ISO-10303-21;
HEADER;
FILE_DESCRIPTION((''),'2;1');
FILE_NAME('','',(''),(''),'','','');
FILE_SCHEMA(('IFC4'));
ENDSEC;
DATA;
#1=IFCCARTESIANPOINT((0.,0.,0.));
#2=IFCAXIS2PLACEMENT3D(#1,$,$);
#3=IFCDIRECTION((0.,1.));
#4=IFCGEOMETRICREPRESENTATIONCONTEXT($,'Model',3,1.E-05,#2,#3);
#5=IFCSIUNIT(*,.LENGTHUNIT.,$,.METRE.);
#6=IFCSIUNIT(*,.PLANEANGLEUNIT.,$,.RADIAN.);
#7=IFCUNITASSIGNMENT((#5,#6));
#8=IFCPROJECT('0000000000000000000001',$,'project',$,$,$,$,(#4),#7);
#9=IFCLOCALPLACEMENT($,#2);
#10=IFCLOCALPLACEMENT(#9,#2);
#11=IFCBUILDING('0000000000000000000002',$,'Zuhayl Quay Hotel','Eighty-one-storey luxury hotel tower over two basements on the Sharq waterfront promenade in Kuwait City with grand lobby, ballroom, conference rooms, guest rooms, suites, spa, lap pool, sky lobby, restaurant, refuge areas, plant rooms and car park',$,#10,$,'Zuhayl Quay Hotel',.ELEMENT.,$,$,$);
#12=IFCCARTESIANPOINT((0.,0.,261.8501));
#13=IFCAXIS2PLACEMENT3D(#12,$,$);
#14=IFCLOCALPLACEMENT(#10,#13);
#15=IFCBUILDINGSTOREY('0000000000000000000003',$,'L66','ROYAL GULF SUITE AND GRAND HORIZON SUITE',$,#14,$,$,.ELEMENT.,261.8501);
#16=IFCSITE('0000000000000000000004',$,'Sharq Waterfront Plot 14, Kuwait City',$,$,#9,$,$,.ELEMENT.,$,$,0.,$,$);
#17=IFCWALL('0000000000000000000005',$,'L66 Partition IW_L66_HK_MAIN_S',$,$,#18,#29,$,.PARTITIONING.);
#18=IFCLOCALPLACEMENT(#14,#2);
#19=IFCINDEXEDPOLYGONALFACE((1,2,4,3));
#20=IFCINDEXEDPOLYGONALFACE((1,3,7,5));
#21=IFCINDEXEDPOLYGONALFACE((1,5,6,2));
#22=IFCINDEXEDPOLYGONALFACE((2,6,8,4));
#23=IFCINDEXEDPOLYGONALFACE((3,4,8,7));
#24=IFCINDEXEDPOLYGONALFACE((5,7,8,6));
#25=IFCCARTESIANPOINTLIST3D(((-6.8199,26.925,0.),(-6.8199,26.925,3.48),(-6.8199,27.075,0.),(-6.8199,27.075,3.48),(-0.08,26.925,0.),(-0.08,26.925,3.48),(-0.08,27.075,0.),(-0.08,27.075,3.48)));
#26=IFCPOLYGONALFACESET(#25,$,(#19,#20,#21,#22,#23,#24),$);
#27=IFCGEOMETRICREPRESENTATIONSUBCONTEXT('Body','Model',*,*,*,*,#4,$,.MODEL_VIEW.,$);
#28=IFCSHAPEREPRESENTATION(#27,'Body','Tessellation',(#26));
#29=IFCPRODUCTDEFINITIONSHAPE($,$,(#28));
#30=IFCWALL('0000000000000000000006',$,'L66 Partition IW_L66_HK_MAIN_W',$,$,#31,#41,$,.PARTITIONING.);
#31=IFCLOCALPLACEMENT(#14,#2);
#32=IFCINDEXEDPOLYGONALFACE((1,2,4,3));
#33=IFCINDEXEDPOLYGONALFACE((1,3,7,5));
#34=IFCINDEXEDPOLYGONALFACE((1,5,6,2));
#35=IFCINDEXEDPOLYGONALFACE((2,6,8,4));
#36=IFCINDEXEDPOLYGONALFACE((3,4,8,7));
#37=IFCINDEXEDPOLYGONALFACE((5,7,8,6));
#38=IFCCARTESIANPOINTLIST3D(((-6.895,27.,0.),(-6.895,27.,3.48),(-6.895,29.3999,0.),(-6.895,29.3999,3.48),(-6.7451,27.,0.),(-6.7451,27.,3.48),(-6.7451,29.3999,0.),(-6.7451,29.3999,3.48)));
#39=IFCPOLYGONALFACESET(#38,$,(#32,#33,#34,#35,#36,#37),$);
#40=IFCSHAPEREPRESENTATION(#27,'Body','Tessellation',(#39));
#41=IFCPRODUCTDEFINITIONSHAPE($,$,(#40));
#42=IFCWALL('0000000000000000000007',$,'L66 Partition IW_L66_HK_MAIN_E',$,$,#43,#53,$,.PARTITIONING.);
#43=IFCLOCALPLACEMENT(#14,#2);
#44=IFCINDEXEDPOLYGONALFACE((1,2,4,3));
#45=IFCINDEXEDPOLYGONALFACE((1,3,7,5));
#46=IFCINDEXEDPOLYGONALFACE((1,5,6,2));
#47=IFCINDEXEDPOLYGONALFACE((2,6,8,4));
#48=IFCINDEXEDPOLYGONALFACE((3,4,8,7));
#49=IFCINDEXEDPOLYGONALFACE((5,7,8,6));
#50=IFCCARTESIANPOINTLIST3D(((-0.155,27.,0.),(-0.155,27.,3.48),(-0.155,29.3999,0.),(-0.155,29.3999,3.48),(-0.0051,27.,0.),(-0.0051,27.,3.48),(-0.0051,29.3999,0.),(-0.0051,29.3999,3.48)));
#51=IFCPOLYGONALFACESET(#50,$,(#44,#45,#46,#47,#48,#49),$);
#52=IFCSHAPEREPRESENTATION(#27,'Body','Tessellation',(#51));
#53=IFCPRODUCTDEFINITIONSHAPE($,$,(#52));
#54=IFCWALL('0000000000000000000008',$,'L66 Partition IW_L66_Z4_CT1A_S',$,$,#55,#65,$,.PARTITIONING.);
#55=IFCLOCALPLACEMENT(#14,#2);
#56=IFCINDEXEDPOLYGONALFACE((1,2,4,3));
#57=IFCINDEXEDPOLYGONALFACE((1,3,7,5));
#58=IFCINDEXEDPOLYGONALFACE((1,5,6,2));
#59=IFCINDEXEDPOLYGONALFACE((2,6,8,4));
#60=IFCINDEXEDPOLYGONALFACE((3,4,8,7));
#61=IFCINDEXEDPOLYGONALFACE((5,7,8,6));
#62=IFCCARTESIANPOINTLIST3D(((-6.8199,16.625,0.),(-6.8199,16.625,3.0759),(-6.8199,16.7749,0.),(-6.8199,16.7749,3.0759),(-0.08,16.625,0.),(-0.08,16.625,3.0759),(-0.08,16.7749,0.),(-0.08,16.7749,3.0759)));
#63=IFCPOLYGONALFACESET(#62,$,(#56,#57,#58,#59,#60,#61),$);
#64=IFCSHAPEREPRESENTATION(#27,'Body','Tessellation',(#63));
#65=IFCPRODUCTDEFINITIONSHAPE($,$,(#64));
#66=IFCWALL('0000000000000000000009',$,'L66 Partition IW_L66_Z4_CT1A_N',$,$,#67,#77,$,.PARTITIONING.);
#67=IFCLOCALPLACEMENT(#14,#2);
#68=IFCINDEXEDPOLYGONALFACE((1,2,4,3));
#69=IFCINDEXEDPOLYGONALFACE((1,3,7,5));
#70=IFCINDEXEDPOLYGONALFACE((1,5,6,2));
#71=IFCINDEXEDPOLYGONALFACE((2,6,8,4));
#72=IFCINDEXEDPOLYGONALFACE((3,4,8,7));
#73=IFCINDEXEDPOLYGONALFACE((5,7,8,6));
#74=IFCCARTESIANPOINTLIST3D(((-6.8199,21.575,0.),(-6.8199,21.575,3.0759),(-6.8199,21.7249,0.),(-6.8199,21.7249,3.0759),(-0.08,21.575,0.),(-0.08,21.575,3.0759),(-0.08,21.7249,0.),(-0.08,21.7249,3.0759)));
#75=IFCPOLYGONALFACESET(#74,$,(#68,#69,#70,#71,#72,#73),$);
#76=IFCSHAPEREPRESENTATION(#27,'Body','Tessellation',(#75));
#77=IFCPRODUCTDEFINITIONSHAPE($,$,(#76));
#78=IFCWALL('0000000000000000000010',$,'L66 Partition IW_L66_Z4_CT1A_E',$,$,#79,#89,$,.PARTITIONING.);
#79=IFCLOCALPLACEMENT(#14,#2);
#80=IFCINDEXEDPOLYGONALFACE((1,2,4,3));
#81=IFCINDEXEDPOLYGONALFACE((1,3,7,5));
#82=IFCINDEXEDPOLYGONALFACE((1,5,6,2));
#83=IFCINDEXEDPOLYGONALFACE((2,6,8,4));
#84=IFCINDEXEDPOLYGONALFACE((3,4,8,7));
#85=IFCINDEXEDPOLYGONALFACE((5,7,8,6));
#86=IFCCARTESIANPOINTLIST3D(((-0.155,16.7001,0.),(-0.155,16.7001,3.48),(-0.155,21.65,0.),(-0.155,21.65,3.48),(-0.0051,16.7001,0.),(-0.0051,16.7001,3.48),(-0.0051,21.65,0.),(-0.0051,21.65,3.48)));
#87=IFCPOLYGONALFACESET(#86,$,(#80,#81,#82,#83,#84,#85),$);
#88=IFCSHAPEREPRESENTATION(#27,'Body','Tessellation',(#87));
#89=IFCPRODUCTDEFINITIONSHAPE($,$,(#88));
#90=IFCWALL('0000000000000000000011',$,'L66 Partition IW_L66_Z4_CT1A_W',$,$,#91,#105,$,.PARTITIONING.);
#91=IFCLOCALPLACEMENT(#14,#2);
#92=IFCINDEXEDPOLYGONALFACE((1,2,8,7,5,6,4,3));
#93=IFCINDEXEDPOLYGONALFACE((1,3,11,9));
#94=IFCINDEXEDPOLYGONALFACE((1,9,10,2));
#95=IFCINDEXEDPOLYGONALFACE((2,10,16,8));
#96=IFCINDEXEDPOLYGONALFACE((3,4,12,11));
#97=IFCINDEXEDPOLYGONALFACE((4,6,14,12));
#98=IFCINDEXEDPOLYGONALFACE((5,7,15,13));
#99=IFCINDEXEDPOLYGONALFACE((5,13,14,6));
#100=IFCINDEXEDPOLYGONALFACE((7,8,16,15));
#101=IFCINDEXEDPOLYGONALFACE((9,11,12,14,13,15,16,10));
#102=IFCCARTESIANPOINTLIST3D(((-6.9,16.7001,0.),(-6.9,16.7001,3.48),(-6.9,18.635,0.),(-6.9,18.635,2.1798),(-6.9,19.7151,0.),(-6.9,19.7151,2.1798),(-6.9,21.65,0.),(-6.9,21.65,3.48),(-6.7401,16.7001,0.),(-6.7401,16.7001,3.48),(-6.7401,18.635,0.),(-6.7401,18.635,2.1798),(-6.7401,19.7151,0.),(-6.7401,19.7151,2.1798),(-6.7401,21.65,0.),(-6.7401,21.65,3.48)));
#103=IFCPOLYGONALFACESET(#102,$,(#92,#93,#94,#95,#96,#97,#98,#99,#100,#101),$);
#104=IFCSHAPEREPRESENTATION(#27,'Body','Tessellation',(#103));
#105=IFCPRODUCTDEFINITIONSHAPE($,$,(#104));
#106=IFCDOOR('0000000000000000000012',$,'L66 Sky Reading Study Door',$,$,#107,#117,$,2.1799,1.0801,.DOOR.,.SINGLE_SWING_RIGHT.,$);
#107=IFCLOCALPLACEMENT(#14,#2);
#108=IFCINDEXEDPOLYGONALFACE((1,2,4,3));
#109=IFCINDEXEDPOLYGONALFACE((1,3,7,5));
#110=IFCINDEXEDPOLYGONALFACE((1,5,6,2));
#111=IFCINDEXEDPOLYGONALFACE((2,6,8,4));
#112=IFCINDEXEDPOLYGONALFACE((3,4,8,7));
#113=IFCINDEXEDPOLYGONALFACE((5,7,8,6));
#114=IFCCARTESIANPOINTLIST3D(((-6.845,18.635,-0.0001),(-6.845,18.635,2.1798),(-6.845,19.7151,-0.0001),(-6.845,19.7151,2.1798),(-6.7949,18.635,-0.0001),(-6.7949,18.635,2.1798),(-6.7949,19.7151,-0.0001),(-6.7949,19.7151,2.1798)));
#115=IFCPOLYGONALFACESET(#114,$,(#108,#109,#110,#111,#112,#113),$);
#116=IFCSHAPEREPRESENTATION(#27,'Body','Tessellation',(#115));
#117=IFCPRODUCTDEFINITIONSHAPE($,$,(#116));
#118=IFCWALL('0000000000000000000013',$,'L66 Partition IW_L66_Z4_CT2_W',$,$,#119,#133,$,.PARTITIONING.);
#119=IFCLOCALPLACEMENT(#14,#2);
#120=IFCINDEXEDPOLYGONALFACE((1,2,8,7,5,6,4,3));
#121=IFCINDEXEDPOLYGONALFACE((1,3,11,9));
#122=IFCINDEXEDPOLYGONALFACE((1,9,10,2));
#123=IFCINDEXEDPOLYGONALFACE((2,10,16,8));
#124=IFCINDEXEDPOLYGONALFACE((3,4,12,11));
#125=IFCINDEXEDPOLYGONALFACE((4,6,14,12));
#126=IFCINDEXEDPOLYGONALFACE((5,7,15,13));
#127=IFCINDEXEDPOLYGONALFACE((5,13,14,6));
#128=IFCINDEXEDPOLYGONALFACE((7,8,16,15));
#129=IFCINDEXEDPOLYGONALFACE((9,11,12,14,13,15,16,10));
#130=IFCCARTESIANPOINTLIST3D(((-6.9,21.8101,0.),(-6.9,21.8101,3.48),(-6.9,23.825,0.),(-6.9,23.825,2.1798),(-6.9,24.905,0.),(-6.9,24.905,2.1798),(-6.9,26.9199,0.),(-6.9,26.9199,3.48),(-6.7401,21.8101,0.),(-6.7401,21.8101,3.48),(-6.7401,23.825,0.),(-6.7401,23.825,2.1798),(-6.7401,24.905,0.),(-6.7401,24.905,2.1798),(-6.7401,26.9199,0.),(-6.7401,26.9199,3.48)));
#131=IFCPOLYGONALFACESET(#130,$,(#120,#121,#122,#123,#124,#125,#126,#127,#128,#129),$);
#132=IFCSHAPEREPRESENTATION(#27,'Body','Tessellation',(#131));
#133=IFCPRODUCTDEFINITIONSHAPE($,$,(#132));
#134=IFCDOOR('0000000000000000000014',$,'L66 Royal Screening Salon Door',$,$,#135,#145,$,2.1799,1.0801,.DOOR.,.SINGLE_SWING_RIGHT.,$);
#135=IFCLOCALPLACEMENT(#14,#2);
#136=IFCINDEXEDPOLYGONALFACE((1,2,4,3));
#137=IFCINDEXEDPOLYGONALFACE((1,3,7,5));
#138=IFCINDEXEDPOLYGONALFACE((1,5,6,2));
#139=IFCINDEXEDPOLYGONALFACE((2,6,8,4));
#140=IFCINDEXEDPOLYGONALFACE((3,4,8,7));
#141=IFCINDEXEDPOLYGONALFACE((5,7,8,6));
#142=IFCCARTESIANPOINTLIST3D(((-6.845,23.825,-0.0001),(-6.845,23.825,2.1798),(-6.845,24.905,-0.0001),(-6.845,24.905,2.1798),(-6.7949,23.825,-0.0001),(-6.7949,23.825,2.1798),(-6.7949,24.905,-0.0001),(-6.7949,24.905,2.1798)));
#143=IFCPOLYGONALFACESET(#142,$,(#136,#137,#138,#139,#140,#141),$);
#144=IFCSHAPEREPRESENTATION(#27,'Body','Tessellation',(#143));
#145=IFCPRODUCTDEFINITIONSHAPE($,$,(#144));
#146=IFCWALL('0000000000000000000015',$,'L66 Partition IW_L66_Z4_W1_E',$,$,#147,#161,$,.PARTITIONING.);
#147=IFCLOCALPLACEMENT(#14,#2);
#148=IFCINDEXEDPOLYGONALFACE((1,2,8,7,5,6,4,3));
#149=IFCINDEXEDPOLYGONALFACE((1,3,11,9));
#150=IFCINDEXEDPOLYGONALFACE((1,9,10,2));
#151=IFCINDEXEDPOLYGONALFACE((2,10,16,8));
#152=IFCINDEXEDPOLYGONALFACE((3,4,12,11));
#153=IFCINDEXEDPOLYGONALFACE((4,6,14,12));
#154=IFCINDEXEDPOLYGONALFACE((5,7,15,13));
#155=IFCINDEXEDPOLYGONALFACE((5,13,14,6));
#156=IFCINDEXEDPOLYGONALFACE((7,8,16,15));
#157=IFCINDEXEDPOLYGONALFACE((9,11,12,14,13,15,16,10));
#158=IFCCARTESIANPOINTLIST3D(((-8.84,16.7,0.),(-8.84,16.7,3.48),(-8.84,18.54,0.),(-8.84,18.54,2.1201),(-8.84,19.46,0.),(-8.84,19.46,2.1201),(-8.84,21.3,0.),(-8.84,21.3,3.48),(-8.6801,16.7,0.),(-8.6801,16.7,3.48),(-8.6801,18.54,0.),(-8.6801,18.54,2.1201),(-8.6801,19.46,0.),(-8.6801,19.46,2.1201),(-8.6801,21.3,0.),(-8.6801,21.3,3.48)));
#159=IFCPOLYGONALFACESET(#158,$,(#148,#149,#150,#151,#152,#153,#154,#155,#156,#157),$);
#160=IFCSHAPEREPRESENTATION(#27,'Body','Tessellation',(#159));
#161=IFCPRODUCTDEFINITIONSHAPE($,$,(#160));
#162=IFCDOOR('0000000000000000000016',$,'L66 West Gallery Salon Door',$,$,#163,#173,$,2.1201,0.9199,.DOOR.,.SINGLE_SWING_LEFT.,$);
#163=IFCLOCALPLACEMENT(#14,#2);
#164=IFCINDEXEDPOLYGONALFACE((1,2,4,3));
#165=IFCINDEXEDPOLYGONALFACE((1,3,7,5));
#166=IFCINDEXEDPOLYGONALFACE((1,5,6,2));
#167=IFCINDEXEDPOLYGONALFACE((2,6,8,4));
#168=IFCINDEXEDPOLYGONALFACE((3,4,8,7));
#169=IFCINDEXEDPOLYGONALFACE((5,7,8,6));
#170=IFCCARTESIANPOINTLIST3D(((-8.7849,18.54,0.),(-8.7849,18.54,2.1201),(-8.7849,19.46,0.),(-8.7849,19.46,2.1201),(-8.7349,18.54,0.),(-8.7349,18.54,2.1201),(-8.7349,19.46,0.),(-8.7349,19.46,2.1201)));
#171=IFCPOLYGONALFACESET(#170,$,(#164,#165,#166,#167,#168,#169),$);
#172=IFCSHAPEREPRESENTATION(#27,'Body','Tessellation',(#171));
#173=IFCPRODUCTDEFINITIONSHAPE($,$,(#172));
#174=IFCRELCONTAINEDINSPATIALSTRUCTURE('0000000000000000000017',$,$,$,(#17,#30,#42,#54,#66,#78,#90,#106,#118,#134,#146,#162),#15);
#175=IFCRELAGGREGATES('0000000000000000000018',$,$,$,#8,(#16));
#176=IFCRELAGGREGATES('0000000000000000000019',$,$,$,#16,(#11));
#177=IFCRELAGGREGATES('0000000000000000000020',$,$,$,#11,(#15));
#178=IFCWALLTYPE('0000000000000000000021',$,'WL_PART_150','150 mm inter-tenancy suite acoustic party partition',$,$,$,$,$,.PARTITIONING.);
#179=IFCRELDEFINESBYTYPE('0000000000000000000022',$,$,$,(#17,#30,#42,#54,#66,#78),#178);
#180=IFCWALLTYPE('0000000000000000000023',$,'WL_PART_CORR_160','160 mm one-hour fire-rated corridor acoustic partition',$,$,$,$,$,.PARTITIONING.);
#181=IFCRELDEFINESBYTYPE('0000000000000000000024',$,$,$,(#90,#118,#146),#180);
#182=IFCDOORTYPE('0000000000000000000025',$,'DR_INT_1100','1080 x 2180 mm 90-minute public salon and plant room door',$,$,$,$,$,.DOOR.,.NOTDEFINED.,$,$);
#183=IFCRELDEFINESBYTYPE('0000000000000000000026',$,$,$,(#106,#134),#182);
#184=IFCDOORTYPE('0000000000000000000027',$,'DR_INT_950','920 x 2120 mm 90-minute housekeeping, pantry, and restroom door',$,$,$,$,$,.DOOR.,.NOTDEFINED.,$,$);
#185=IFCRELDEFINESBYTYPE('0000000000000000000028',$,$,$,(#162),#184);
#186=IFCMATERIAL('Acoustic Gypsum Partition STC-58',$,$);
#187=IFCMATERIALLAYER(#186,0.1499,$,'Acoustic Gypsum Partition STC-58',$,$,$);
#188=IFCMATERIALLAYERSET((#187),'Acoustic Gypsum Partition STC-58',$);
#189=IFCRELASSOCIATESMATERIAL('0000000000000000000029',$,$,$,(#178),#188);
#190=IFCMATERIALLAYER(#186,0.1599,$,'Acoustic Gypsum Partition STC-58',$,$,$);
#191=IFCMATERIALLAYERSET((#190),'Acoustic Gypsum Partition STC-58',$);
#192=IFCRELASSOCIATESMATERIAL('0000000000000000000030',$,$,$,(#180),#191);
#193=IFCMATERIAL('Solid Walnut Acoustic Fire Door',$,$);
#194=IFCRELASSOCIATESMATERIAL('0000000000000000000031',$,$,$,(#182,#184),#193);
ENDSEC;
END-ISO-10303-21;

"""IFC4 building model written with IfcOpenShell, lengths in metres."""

from ifc_helpers import new_model, si_unit, direction, frame, frame_2d, origin, place, context, subcontext, project, spatial, rectangle, extrude, material, layer, layer_set, type_object, element, fill, save


model = new_model("IFC4")

# Units and contexts
model_context = context("Model", 3, precision=1e-05, world=origin(), true_north=direction((0.0, 1.0)))
body_context = subcontext(model_context, "Body", "Model", "MODEL_VIEW")
ifc_project = project(units=[si_unit("LENGTHUNIT", "METRE"), si_unit("PLANEANGLEUNIT", "RADIAN")], contexts=[model_context])

# Site, building, storey
site_placement = place(None, origin())
site = spatial("IfcSite", under=ifc_project, at=site_placement, Name="Sharq Waterfront Plot 14, Kuwait City", CompositionType="ELEMENT", RefElevation=0.0)
building_placement = place(site_placement, origin())
building = spatial("IfcBuilding", under=site, at=building_placement, Name="Zuhayl Quay Hotel", Description="Eighty-one-storey luxury hotel tower over two basements on the Sharq waterfront promenade in Kuwait City with grand lobby, ballroom, conference rooms, guest rooms, suites, spa, lap pool, sky lobby, restaurant, refuge areas, plant rooms and car park", LongName="Zuhayl Quay Hotel", CompositionType="ELEMENT")
storey_placement = place(building_placement, frame((0.0, 0.0, 261.8501)))
storey = spatial("IfcBuildingStorey", under=building, at=storey_placement, Name="L66", Description="ROYAL GULF SUITE AND GRAND HORIZON SUITE", CompositionType="ELEMENT", Elevation=261.8501)

# Walls
ifc_material_1 = material(Name="Acoustic Gypsum Partition STC-58")
ifc_layer_1 = layer(ifc_material_1, 0.1499, Name="Acoustic Gypsum Partition STC-58")
ifc_layer_set_1 = layer_set([ifc_layer_1], Name="Acoustic Gypsum Partition STC-58")
wall_type_1 = type_object("IfcWallType", Name="WL_PART_150", Description="150 mm inter-tenancy suite acoustic party partition", PredefinedType="PARTITIONING", material=ifc_layer_set_1)
wall_1_placement = place(storey_placement, frame((-6.8201, 27.0, 0.0), z_axis=(0.0, 0.0, 1.0), x_axis=(1.0, 0.0, 0.0)))
element("IfcWall", 1, at=wall_1_placement, inside=storey, type_object=wall_type_1, Name="L66 Partition IW_L66_HK_MAIN_S", PredefinedType="PARTITIONING", context=body_context, shape_type="SweptSolid", body=[
    extrude(rectangle(XDim=6.74, YDim=0.1499, at=frame_2d((3.3701, 0.0))), origin(), (0.0, 0.0, 1.0), 3.48),
])
for number, where, z_axis, x_axis, name in (
    (2, (-6.8201, 27.0, 0.0), (0.0, 0.0, 1.0), (0.0, 1.0, 0.0), "L66 Partition IW_L66_HK_MAIN_W"),
    (3, (-0.0801, 27.0, 0.0), (0.0, 0.0, 1.0), (0.0, 1.0, 0.0), "L66 Partition IW_L66_HK_MAIN_E"),
):
    element("IfcWall", number, at=place(storey_placement, frame(where, z_axis=z_axis, x_axis=x_axis)), inside=storey, type_object=wall_type_1, Name=name, PredefinedType="PARTITIONING", context=body_context, shape_type="SweptSolid", body=[
        extrude(rectangle(XDim=2.3999, YDim=0.1499, at=frame_2d((1.2, 0.0))), origin(), (0.0, 0.0, 1.0), 3.48),
    ])
for number, where, z_axis, x_axis, name in (
    (4, (-6.8201, 16.7, 0.0), (0.0, 0.0, 1.0), (1.0, 0.0, 0.0), "L66 Partition IW_L66_Z4_CT1A_S"),
    (5, (-6.8201, 21.6499, 0.0), (0.0, 0.0, 1.0), (1.0, 0.0, 0.0), "L66 Partition IW_L66_Z4_CT1A_N"),
):
    element("IfcWall", number, at=place(storey_placement, frame(where, z_axis=z_axis, x_axis=x_axis)), inside=storey, type_object=wall_type_1, Name=name, PredefinedType="PARTITIONING", context=body_context, shape_type="SweptSolid", body=[
        extrude(rectangle(XDim=6.74, YDim=0.1499, at=frame_2d((3.3701, 0.0))), origin(), (0.0, 0.0, 1.0), 3.0759),
    ])
wall_2_placement = place(storey_placement, frame((-0.0801, 16.7, 0.0), z_axis=(0.0, 0.0, 1.0), x_axis=(0.0, 1.0, 0.0)))
element("IfcWall", 6, at=wall_2_placement, inside=storey, type_object=wall_type_1, Name="L66 Partition IW_L66_Z4_CT1A_E", PredefinedType="PARTITIONING", context=body_context, shape_type="SweptSolid", body=[
    extrude(rectangle(XDim=4.95, YDim=0.1499, at=frame_2d((2.4751, 0.0))), origin(), (0.0, 0.0, 1.0), 3.48),
])

# Walls, openings, doors
ifc_layer_2 = layer(ifc_material_1, 0.1599, Name="Acoustic Gypsum Partition STC-58")
ifc_layer_set_2 = layer_set([ifc_layer_2], Name="Acoustic Gypsum Partition STC-58")
wall_type_2 = type_object("IfcWallType", Name="WL_PART_CORR_160", Description="160 mm one-hour fire-rated corridor acoustic partition", PredefinedType="PARTITIONING", material=ifc_layer_set_2)
wall_3_placement = place(storey_placement, frame((-6.8201, 16.7, 0.0), z_axis=(0.0, 0.0, 1.0), x_axis=(0.0, 1.0, 0.0)))
wall_3 = element("IfcWall", 7, at=wall_3_placement, inside=storey, type_object=wall_type_2, Name="L66 Partition IW_L66_Z4_CT1A_W", PredefinedType="PARTITIONING", context=body_context, shape_type="SweptSolid", body=[
    extrude(rectangle(XDim=4.95, YDim=0.1599, at=frame_2d((2.4751, 0.0))), origin(), (0.0, 0.0, 1.0), 3.48),
])
opening_1_placement = place(wall_3_placement, frame((1.9351, 0.0, 0.0)))
opening_1 = element("IfcOpeningElement", 8, at=opening_1_placement, cuts=wall_3, PredefinedType="OPENING", context=body_context, shape_type="SweptSolid", body=[
    extrude(rectangle(XDim=1.0801, YDim=2.1799, at=frame_2d((0.54, 1.0898))), frame((0.0, 0.0898, 0.0), z_axis=(0.0, -1.0, 0.0), x_axis=(1.0, 0.0, 0.0)), (0.0, 0.0, 1.0), 0.1799),
])
ifc_material_2 = material(Name="Solid Walnut Acoustic Fire Door")
door_type_1 = type_object("IfcDoorType", Name="DR_INT_1100", Description="1080 x 2180 mm 90-minute public salon and plant room door", OperationType="NOTDEFINED", PredefinedType="DOOR", material=ifc_material_2)
door_1_placement = place(opening_1_placement, origin())
door_1 = element("IfcDoor", 9, at=door_1_placement, inside=storey, type_object=door_type_1, Name="L66 Sky Reading Study Door", OperationType="SINGLE_SWING_RIGHT", OverallHeight=2.1799, OverallWidth=1.0801, PredefinedType="DOOR", context=body_context, shape_type="SweptSolid", body=[
    extrude(rectangle(XDim=1.0801, YDim=2.1799, at=frame_2d((0.54, 1.0898))), frame((0.0, 0.0249, 0.0), z_axis=(0.0, -1.0, 0.0), x_axis=(1.0, 0.0, 0.0)), (0.0, 0.0, 1.0), 0.05),
])
fill(opening_1, door_1)
wall_4_placement = place(storey_placement, frame((-6.8201, 21.8101, 0.0), z_axis=(0.0, 0.0, 1.0), x_axis=(0.0, 1.0, 0.0)))
wall_4 = element("IfcWall", 10, at=wall_4_placement, inside=storey, type_object=wall_type_2, Name="L66 Partition IW_L66_Z4_CT2_W", PredefinedType="PARTITIONING", context=body_context, shape_type="SweptSolid", body=[
    extrude(rectangle(XDim=5.1099, YDim=0.1599, at=frame_2d((2.5549, 0.0))), origin(), (0.0, 0.0, 1.0), 3.48),
])
opening_2_placement = place(wall_4_placement, frame((2.0149, 0.0, 0.0)))
opening_2 = element("IfcOpeningElement", 11, at=opening_2_placement, cuts=wall_4, PredefinedType="OPENING", context=body_context, shape_type="SweptSolid", body=[
    extrude(rectangle(XDim=1.0801, YDim=2.1799, at=frame_2d((0.54, 1.0898))), frame((0.0, 0.0898, 0.0), z_axis=(0.0, -1.0, 0.0), x_axis=(1.0, 0.0, 0.0)), (0.0, 0.0, 1.0), 0.1799),
])
door_2_placement = place(opening_2_placement, origin())
door_2 = element("IfcDoor", 12, at=door_2_placement, inside=storey, type_object=door_type_1, Name="L66 Royal Screening Salon Door", OperationType="SINGLE_SWING_RIGHT", OverallHeight=2.1799, OverallWidth=1.0801, PredefinedType="DOOR", context=body_context, shape_type="SweptSolid", body=[
    extrude(rectangle(XDim=1.0801, YDim=2.1799, at=frame_2d((0.54, 1.0898))), frame((0.0, 0.0249, 0.0), z_axis=(0.0, -1.0, 0.0), x_axis=(1.0, 0.0, 0.0)), (0.0, 0.0, 1.0), 0.05),
])
fill(opening_2, door_2)
wall_5_placement = place(storey_placement, frame((-8.76, 16.7, 0.0), z_axis=(0.0, 0.0, 1.0), x_axis=(0.0, 1.0, 0.0)))
wall_5 = element("IfcWall", 13, at=wall_5_placement, inside=storey, type_object=wall_type_2, Name="L66 Partition IW_L66_Z4_W1_E", PredefinedType="PARTITIONING", context=body_context, shape_type="SweptSolid", body=[
    extrude(rectangle(XDim=4.6001, YDim=0.1599, at=frame_2d((2.3, 0.0))), origin(), (0.0, 0.0, 1.0), 3.48),
])
opening_3_placement = place(wall_5_placement, frame((1.8401, 0.0, 0.0)))
opening_3 = element("IfcOpeningElement", 14, at=opening_3_placement, cuts=wall_5, PredefinedType="OPENING", context=body_context, shape_type="SweptSolid", body=[
    extrude(rectangle(XDim=0.9199, YDim=2.1201, at=frame_2d((0.46, 1.0601))), frame((0.0, 0.0898, 0.0), z_axis=(0.0, -1.0, 0.0), x_axis=(1.0, 0.0, 0.0)), (0.0, 0.0, 1.0), 0.1799),
])
door_type_2 = type_object("IfcDoorType", Name="DR_INT_950", Description="920 x 2120 mm 90-minute housekeeping, pantry, and restroom door", OperationType="NOTDEFINED", PredefinedType="DOOR", material=ifc_material_2)
door_3_placement = place(opening_3_placement, origin())
door_3 = element("IfcDoor", 15, at=door_3_placement, inside=storey, type_object=door_type_2, Name="L66 West Gallery Salon Door", OperationType="SINGLE_SWING_LEFT", OverallHeight=2.1201, OverallWidth=0.9199, PredefinedType="DOOR", context=body_context, shape_type="SweptSolid", body=[
    extrude(rectangle(XDim=0.9199, YDim=2.1201, at=frame_2d((0.46, 1.0601))), frame((0.0, 0.0249, 0.0), z_axis=(0.0, -1.0, 0.0), x_axis=(1.0, 0.0, 0.0)), (0.0, 0.0, 1.0), 0.05),
])
fill(opening_3, door_3)

save(model, "model.ifc")
